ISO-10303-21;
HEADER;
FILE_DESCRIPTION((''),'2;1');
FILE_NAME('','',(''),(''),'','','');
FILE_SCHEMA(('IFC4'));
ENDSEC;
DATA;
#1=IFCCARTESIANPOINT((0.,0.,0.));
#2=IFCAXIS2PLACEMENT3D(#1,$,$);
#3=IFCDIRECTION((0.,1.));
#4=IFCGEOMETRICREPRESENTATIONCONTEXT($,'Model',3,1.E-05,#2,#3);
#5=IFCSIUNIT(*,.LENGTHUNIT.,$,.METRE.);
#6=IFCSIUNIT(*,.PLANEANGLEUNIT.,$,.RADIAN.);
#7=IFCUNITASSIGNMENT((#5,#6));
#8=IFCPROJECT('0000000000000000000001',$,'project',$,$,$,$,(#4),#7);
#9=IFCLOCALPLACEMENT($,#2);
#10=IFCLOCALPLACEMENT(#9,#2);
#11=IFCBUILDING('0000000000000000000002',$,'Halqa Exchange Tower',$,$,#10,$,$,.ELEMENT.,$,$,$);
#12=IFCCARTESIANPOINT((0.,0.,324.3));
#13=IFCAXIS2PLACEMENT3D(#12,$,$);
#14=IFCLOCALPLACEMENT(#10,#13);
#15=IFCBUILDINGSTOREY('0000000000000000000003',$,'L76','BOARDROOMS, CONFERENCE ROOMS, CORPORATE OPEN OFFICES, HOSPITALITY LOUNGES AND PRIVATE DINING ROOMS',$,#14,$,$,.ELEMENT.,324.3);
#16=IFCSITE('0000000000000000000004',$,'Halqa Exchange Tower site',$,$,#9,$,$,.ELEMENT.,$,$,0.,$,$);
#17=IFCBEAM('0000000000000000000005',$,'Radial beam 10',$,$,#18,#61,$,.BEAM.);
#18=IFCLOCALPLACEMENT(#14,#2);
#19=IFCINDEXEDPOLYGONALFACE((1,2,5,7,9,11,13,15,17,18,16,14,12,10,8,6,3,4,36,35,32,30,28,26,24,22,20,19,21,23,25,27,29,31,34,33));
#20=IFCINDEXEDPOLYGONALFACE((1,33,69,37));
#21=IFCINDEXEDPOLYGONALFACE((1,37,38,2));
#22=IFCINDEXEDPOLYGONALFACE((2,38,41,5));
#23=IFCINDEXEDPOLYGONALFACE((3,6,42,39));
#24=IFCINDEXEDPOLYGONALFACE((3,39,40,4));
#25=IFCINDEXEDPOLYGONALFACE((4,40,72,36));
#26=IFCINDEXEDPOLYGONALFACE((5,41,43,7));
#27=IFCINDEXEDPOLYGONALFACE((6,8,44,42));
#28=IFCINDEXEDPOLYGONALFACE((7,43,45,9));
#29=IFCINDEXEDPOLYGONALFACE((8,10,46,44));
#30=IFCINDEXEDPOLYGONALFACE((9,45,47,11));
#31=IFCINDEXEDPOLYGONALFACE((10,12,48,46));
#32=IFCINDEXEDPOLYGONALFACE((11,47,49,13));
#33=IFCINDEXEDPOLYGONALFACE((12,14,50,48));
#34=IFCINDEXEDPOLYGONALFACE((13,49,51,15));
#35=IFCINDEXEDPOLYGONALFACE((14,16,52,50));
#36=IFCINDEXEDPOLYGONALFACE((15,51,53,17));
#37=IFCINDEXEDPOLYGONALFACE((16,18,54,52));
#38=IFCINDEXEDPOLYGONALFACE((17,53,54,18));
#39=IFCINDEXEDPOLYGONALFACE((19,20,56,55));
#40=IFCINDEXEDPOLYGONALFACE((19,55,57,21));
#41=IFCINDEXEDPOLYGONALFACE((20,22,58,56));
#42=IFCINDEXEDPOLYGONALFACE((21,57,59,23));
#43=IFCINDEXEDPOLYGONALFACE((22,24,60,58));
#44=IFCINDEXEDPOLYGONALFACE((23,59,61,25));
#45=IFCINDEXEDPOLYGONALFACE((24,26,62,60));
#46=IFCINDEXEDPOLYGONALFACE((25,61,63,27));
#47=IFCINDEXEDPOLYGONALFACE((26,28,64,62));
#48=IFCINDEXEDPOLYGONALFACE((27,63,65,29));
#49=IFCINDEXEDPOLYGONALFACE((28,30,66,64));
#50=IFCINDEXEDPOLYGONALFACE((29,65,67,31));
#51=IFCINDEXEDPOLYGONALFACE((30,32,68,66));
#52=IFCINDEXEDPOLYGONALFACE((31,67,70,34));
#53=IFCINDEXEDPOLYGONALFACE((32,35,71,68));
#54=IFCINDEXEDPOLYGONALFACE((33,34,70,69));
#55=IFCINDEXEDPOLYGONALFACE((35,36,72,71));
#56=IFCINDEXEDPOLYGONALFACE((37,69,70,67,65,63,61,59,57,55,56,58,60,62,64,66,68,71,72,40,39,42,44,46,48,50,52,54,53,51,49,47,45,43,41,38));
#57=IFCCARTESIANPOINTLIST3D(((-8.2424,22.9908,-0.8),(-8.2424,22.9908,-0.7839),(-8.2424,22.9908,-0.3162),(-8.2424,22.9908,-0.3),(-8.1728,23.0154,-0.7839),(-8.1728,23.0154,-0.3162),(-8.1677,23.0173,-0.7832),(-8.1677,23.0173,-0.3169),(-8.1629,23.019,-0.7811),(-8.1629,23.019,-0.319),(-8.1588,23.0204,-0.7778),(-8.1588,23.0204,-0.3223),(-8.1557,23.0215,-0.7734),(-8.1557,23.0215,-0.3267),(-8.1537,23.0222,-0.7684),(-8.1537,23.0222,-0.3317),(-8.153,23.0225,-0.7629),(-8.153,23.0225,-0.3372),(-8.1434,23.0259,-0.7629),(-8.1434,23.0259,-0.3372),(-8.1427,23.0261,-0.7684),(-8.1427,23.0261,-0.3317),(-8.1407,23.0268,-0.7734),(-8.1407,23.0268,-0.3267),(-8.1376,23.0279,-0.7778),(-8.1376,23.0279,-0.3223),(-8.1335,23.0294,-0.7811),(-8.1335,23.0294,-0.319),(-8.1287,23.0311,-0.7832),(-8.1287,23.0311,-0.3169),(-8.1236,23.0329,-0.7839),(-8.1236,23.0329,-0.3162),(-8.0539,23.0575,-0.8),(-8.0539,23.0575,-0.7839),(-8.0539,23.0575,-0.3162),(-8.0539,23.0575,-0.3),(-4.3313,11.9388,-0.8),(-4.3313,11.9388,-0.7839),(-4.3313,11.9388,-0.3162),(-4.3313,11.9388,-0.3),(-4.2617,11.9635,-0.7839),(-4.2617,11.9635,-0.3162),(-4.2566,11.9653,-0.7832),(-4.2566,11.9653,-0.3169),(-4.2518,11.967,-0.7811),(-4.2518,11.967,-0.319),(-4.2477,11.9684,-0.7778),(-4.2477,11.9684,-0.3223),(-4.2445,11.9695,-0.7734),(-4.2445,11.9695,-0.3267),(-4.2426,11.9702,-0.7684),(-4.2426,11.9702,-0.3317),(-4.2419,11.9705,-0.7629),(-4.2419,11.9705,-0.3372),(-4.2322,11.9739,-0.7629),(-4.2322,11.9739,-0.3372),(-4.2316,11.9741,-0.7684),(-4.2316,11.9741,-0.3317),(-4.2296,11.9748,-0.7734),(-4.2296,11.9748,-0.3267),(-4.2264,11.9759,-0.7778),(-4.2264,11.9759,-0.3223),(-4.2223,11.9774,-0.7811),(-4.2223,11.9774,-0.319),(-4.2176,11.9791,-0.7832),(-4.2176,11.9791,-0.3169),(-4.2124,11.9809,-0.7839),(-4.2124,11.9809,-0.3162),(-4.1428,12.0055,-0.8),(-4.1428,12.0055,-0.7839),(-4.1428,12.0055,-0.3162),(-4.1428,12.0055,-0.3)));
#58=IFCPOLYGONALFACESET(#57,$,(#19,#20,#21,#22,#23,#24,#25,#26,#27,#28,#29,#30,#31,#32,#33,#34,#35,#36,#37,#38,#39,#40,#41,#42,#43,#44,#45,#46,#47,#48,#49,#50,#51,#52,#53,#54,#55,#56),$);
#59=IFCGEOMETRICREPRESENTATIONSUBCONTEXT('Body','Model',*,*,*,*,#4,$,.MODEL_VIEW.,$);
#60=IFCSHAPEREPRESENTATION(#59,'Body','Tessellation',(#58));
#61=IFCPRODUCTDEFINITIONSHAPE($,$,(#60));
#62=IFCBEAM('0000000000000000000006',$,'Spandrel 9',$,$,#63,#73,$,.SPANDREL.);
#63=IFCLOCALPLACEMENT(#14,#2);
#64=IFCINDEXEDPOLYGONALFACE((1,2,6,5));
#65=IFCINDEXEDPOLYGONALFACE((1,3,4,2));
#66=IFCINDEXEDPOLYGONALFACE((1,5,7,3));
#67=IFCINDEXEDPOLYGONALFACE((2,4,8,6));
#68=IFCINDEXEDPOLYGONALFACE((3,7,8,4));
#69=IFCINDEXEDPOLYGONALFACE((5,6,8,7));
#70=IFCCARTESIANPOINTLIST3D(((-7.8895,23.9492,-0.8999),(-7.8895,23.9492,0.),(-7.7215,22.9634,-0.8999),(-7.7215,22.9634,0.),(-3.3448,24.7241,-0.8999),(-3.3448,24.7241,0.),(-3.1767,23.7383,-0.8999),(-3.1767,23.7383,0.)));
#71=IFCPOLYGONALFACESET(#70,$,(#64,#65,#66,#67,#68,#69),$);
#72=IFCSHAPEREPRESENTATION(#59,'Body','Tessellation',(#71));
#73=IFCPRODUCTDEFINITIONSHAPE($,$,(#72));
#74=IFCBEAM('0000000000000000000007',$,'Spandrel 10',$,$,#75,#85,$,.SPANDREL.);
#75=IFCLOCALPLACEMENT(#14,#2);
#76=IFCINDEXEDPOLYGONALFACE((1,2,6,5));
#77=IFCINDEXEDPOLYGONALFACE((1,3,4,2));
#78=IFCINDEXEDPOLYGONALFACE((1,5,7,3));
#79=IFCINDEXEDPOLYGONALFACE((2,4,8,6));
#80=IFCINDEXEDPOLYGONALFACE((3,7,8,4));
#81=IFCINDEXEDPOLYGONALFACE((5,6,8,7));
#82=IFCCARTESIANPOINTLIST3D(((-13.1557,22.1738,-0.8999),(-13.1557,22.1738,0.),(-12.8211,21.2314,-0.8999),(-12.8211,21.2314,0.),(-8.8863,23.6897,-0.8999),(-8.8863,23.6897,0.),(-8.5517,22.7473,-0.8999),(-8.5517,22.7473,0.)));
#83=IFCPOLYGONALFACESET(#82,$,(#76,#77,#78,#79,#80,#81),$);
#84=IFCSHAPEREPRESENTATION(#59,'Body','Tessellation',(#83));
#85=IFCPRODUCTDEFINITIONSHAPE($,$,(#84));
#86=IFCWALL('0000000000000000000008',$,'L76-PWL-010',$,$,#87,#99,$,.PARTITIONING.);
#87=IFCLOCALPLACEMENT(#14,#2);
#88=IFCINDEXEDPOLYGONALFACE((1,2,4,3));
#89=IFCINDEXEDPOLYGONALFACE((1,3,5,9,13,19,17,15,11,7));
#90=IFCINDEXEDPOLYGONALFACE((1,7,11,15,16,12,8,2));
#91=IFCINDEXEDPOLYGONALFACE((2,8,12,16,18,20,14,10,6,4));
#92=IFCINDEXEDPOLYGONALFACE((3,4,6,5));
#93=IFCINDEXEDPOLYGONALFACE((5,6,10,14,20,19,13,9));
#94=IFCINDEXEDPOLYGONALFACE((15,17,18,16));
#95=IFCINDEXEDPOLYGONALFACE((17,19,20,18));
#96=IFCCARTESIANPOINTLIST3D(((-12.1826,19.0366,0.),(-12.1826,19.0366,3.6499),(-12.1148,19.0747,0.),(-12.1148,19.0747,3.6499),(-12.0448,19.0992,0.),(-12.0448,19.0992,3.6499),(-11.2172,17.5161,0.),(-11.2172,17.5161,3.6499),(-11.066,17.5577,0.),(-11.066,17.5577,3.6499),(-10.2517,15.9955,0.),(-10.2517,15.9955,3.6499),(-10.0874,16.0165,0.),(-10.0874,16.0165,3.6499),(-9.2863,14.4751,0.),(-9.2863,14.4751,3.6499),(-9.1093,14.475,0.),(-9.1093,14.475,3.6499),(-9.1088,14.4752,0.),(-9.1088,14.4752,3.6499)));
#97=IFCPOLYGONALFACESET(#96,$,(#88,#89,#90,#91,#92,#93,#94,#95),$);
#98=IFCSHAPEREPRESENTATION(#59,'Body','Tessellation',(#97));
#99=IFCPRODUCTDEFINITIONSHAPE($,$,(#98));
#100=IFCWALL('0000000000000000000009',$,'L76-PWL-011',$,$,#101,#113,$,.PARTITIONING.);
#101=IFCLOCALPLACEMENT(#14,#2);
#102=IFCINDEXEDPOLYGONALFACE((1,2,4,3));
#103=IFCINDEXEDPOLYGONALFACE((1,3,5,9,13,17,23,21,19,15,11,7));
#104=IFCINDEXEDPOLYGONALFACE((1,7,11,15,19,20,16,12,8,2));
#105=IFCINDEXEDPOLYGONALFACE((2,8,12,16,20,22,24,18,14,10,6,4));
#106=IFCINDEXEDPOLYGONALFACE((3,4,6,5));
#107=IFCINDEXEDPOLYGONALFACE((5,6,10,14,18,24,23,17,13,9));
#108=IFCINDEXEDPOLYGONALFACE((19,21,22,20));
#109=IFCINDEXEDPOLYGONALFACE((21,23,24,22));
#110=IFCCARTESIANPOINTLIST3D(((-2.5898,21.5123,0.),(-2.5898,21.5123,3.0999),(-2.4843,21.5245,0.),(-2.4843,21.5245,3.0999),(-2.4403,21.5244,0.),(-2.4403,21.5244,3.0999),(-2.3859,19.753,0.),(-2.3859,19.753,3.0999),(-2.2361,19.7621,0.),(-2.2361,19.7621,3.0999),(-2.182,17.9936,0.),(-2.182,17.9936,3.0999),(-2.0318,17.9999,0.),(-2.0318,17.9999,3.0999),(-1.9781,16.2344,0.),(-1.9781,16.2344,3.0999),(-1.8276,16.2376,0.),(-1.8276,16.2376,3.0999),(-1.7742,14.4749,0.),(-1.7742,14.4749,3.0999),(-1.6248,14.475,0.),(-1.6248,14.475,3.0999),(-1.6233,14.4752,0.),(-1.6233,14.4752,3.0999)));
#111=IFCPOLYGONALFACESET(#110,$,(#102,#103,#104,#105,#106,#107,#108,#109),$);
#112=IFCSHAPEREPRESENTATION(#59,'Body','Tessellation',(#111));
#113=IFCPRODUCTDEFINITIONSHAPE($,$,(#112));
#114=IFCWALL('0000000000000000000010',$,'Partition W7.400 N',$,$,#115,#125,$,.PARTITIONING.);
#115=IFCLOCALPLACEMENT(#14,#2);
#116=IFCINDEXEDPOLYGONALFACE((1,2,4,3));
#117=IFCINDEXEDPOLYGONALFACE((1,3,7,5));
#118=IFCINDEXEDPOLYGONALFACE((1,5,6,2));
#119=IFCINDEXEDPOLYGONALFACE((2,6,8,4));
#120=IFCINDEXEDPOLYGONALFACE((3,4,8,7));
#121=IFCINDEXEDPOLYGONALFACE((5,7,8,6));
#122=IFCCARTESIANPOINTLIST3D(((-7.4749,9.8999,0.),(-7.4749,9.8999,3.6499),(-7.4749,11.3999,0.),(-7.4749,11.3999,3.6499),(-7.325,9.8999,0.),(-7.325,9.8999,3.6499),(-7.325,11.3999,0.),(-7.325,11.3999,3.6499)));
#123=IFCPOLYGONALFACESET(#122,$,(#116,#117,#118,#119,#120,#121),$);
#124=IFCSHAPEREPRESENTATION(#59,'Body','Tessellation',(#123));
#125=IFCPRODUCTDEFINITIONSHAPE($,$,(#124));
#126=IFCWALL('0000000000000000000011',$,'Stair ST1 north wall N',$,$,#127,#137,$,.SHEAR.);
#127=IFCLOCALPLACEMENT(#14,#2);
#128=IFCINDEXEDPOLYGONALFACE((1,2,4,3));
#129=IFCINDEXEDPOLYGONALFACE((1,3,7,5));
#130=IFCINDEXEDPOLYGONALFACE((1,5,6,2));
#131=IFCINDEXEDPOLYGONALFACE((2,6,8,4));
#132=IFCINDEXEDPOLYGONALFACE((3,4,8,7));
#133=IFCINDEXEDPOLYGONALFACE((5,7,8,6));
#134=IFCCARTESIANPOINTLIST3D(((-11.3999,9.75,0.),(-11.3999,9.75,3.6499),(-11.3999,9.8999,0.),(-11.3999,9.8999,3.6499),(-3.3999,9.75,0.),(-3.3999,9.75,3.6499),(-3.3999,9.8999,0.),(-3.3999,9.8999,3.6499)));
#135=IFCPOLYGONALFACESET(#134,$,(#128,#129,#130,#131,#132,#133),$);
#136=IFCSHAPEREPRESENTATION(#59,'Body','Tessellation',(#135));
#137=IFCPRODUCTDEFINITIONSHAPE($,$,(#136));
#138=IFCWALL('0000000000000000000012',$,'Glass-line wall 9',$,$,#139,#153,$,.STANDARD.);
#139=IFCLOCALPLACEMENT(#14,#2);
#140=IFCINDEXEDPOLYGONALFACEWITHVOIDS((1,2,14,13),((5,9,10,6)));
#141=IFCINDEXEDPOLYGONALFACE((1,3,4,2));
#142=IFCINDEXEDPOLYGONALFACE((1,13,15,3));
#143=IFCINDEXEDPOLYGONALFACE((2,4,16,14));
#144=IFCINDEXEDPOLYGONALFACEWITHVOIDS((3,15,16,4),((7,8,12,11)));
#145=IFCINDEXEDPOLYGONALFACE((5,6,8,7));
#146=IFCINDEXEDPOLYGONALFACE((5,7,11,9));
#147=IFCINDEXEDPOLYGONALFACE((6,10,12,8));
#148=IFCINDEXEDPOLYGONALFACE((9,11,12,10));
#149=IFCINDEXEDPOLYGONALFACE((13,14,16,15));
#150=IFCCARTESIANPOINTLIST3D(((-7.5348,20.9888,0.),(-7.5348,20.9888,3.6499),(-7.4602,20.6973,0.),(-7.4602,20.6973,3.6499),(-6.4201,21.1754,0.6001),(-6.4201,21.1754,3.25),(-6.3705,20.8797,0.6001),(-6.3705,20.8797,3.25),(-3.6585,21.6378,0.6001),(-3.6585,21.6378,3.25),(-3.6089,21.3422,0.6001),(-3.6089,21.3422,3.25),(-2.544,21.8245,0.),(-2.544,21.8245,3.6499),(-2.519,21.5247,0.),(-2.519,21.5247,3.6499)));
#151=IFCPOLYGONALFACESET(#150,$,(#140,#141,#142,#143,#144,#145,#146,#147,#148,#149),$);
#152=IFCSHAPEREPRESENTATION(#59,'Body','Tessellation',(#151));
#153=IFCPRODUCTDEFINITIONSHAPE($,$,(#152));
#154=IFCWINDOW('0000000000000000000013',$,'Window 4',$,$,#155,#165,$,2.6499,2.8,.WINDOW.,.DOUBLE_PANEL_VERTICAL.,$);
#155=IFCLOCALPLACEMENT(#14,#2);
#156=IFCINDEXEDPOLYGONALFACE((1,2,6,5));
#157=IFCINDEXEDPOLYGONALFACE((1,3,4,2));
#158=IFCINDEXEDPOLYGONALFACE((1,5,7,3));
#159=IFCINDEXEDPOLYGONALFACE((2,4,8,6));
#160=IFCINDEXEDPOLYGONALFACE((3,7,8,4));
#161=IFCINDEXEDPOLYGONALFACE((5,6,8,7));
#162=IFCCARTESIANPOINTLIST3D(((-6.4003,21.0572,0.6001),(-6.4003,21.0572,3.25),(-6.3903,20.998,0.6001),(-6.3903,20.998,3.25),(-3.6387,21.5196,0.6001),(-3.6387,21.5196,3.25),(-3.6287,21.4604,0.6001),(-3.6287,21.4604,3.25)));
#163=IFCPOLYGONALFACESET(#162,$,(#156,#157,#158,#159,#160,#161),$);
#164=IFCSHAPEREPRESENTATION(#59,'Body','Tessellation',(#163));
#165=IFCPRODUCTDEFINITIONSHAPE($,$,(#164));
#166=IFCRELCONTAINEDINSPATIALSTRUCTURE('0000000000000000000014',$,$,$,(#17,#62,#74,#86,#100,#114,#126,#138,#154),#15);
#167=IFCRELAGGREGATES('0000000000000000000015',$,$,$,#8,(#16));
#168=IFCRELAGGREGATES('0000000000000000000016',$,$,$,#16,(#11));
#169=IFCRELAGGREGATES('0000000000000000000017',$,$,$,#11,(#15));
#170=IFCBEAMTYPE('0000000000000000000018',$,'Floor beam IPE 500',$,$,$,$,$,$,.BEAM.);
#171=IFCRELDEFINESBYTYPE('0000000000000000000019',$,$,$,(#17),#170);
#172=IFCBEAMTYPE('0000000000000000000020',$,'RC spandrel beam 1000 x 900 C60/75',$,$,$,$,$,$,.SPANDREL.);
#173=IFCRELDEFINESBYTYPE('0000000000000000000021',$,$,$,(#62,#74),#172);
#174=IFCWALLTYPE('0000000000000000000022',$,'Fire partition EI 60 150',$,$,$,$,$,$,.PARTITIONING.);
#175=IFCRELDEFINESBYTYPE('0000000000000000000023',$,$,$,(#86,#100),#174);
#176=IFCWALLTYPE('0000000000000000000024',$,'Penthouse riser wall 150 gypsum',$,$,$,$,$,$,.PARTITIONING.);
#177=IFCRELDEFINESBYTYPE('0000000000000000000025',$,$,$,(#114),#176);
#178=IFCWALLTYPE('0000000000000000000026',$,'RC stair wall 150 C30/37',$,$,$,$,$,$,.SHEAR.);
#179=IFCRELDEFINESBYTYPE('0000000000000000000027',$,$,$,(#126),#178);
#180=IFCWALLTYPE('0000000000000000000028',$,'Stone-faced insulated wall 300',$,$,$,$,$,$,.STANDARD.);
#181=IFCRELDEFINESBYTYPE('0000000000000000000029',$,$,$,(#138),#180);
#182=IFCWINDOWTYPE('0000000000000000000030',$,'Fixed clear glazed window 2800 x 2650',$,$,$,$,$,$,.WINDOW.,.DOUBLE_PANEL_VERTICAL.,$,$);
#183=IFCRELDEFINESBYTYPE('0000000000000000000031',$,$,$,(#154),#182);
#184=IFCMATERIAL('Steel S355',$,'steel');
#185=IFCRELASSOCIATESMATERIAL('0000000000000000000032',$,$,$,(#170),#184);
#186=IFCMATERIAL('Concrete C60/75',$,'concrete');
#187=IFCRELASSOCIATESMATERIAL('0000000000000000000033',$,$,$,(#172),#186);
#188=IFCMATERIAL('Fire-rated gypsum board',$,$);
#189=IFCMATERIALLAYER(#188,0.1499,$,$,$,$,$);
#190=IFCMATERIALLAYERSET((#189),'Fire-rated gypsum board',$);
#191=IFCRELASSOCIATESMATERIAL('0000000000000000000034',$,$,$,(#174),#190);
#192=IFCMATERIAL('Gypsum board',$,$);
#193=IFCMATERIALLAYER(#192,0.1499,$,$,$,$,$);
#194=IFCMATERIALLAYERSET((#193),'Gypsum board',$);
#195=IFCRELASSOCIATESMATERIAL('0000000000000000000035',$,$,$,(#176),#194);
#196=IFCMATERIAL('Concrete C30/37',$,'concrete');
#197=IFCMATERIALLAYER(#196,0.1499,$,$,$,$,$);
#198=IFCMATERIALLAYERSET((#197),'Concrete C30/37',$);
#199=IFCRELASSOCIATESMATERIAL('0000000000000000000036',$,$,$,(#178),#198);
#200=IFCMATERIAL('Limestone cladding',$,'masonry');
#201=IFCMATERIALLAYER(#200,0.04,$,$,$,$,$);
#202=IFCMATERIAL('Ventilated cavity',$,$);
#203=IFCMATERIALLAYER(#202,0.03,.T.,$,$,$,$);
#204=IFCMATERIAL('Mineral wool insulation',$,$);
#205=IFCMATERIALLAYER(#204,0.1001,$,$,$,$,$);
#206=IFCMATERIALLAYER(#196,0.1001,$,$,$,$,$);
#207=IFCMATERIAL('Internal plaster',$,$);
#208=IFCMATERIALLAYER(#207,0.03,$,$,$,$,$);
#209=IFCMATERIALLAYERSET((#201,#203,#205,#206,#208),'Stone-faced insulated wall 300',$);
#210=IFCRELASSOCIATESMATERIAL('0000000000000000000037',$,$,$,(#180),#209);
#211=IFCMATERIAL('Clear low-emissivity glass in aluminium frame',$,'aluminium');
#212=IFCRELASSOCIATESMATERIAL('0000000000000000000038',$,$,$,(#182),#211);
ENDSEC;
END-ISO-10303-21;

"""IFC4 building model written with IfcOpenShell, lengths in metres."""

from ifc_helpers import new_model, si_unit, direction, frame, frame_2d, origin, origin_2d, place, context, subcontext, project, spatial, polyline, rectangle, i_section, outline, extrude, material, layer, layer_set, material_profile, profile_set, type_object, element, fill, save


model = new_model("IFC4")

# Units and contexts
model_context = context("Model", 3, precision=1e-05, world=origin(), true_north=direction((0.0, 1.0)))
body_context = subcontext(model_context, "Body", "Model", "MODEL_VIEW")
ifc_project = project(units=[si_unit("LENGTHUNIT", "METRE"), si_unit("PLANEANGLEUNIT", "RADIAN")], contexts=[model_context])

# Site, building, storey
site_placement = place(None, origin())
site = spatial("IfcSite", under=ifc_project, at=site_placement, Name="Halqa Exchange Tower site", CompositionType="ELEMENT", RefElevation=0.0)
building_placement = place(site_placement, origin())
building = spatial("IfcBuilding", under=site, at=building_placement, Name="Halqa Exchange Tower", CompositionType="ELEMENT")
storey_placement = place(building_placement, frame((0.0, 0.0, 324.3)))
storey = spatial("IfcBuildingStorey", under=building, at=storey_placement, Name="L76", Description="BOARDROOMS, CONFERENCE ROOMS, CORPORATE OPEN OFFICES, HOSPITALITY LOUNGES AND PRIVATE DINING ROOMS", CompositionType="ELEMENT", Elevation=324.3)

# Beams
ifc_material_1 = material(Name="Steel S355", Category="steel")
ifc_material_profile_1 = material_profile(ifc_material_1, i_section(OverallWidth=0.2, OverallDepth=0.5, WebThickness=0.0103, FlangeThickness=0.0161, FilletRadius=0.021, at=origin_2d()), Name="IPE 500")
ifc_profile_set_1 = profile_set([ifc_material_profile_1], Name="Steel S355")
beam_type_1 = type_object("IfcBeamType", Name="Floor beam IPE 500", PredefinedType="BEAM", material=ifc_profile_set_1)
beam_1_placement = place(storey_placement, frame((-4.2371, 11.9722, -0.55), z_axis=(-0.333611, 0.942711, 0.0), x_axis=(-0.942711, -0.333611, 0.0)))
element("IfcBeam", 1, at=beam_1_placement, inside=storey, type_object=beam_type_1, Name="Radial beam 10", PredefinedType="BEAM", context=body_context, shape_type="SweptSolid", body=[
    extrude(i_section(OverallWidth=0.2, OverallDepth=0.5, WebThickness=0.0103, FlangeThickness=0.0161, FilletRadius=0.021, at=origin_2d()), origin(), (0.0, 0.0, 1.0), 11.7236),
])
ifc_material_2 = material(Name="Concrete C60/75", Category="concrete")
ifc_material_profile_2 = material_profile(ifc_material_2, rectangle(XDim=1.0, YDim=0.8999, at=origin_2d()), Name="1000 x 900")
ifc_profile_set_2 = profile_set([ifc_material_profile_2], Name="Concrete C60/75")
beam_type_2 = type_object("IfcBeamType", Name="RC spandrel beam 1000 x 900 C60/75", PredefinedType="SPANDREL", material=ifc_profile_set_2)
beam_2_placement = place(storey_placement, frame((-3.2607, 24.2312, -0.45), z_axis=(-0.985773, -0.168082, 0.0), x_axis=(0.168082, -0.985773, 0.0)))
element("IfcBeam", 2, at=beam_2_placement, inside=storey, type_object=beam_type_2, Name="Spandrel 9", PredefinedType="SPANDREL", context=body_context, shape_type="SweptSolid", body=[
    extrude(rectangle(XDim=1.0, YDim=0.8999, at=origin_2d()), origin(), (0.0, 0.0, 1.0), 4.6104),
])
beam_3_placement = place(storey_placement, frame((-8.719, 23.2185, -0.45), z_axis=(-0.942361, -0.334598, 0.0), x_axis=(0.334598, -0.942361, 0.0)))
element("IfcBeam", 3, at=beam_3_placement, inside=storey, type_object=beam_type_2, Name="Spandrel 10", PredefinedType="SPANDREL", context=body_context, shape_type="SweptSolid", body=[
    extrude(rectangle(XDim=1.0, YDim=0.8999, at=origin_2d()), origin(), (0.0, 0.0, 1.0), 4.5305),
])

# Walls
ifc_material_3 = material(Name="Fire-rated gypsum board")
ifc_layer_1 = layer(ifc_material_3, 0.1499)
ifc_layer_set_1 = layer_set([ifc_layer_1], Name="Fire-rated gypsum board")
wall_type_1 = type_object("IfcWallType", Name="Fire partition EI 60 150", PredefinedType="PARTITIONING", material=ifc_layer_set_1)
wall_1_placement = place(storey_placement, frame((-9.1721, 14.4351, 0.0), z_axis=(0.0, 0.0, 1.0), x_axis=(-0.536016, 0.844208, 0.0)))
element("IfcWall", 4, at=wall_1_placement, inside=storey, type_object=wall_type_1, Name="L76-PWL-010", PredefinedType="PARTITIONING", context=body_context, shape_type="SweptSolid", body=[
    extrude(outline(polyline([(0.0, -0.075), (1.8257, -0.075), (3.6514, -0.075), (5.4773, -0.075), (5.4941, -0.0027), (5.4983, 0.075), (3.6973, 0.075), (1.896, 0.075), (0.095, 0.075), (0.0, -0.0745), (0.0, -0.075)])), origin(), (0.0, 0.0, 1.0), 3.6499),
])
wall_2_placement = place(storey_placement, frame((-1.6978, 14.4666, 0.0), z_axis=(0.0, 0.0, 1.0), x_axis=(-0.115132, 0.99335, 0.0)))
element("IfcWall", 5, at=wall_2_placement, inside=storey, type_object=wall_type_1, Name="L76-PWL-011", PredefinedType="PARTITIONING", context=body_context, shape_type="SweptSolid", body=[
    extrude(outline(polyline([(0.0, -0.075), (1.7742, -0.075), (3.5483, -0.075), (5.3223, -0.075), (7.0964, -0.075), (7.1016, -0.0312), (7.1016, 0.075), (5.3306, 0.075), (3.5593, 0.075), (1.7883, 0.075), (0.0171, 0.075), (0.0, -0.0735), (0.0, -0.075)])), origin(), (0.0, 0.0, 1.0), 3.0999),
])
ifc_material_4 = material(Name="Gypsum board")
ifc_layer_2 = layer(ifc_material_4, 0.1499)
ifc_layer_set_2 = layer_set([ifc_layer_2], Name="Gypsum board")
wall_type_2 = type_object("IfcWallType", Name="Penthouse riser wall 150 gypsum", PredefinedType="PARTITIONING", material=ifc_layer_set_2)
wall_3_placement = place(storey_placement, frame((-7.3999, 9.8999, 0.0), z_axis=(0.0, 0.0, 1.0), x_axis=(0.0, 1.0, 0.0)))
element("IfcWall", 6, at=wall_3_placement, inside=storey, type_object=wall_type_2, Name="Partition W7.400 N", PredefinedType="PARTITIONING", context=body_context, shape_type="SweptSolid", body=[
    extrude(rectangle(XDim=1.5, YDim=0.1499, at=frame_2d((0.75, 0.0))), origin(), (0.0, 0.0, 1.0), 3.6499),
])
ifc_material_5 = material(Name="Concrete C30/37", Category="concrete")
ifc_layer_3 = layer(ifc_material_5, 0.1499)
ifc_layer_set_3 = layer_set([ifc_layer_3], Name="Concrete C30/37")
wall_type_3 = type_object("IfcWallType", Name="RC stair wall 150 C30/37", PredefinedType="SHEAR", material=ifc_layer_set_3)
wall_4_placement = place(storey_placement, frame((-11.3999, 9.825, 0.0), z_axis=(0.0, 0.0, 1.0), x_axis=(1.0, 0.0, 0.0)))
element("IfcWall", 7, at=wall_4_placement, inside=storey, type_object=wall_type_3, Name="Stair ST1 north wall N", PredefinedType="SHEAR", context=body_context, shape_type="SweptSolid", body=[
    extrude(rectangle(XDim=8.0, YDim=0.1499, at=frame_2d((4.0, 0.0))), origin(), (0.0, 0.0, 1.0), 3.6499),
])

# Wall, opening, window
ifc_material_6 = material(Name="Limestone cladding", Category="masonry")
ifc_layer_4 = layer(ifc_material_6, 0.04)
ifc_material_7 = material(Name="Ventilated cavity")
ifc_layer_5 = layer(ifc_material_7, 0.03, ventilated=True)
ifc_material_8 = material(Name="Mineral wool insulation")
ifc_layer_6 = layer(ifc_material_8, 0.1001)
ifc_layer_7 = layer(ifc_material_5, 0.1001)
ifc_material_9 = material(Name="Internal plaster")
ifc_layer_8 = layer(ifc_material_9, 0.03)
ifc_layer_set_4 = layer_set([ifc_layer_4, ifc_layer_5, ifc_layer_6, ifc_layer_7, ifc_layer_8], Name="Stone-faced insulated wall 300")
wall_type_4 = type_object("IfcWallType", Name="Stone-faced insulated wall 300", PredefinedType="STANDARD", material=ifc_layer_set_4)
wall_5_placement = place(storey_placement, frame((-2.5315, 21.6746, 0.0), z_axis=(0.0, 0.0, 1.0), x_axis=(-0.986269, -0.165146, 0.0)))
wall_5 = element("IfcWall", 8, at=wall_5_placement, inside=storey, type_object=wall_type_4, Name="Glass-line wall 9", PredefinedType="STANDARD", context=body_context, shape_type="SweptSolid", body=[
    extrude(outline(polyline([(-0.0125, -0.1499), (5.0479, -0.1499), (5.0225, 0.1499), (0.0125, 0.1499), (-0.0125, -0.1499)])), origin(), (0.0, 0.0, 1.0), 3.6499),
])
opening_1_placement = place(wall_5_placement, frame((1.1177, 0.0, 0.6001)))
opening_1 = element("IfcOpeningElement", 9, at=opening_1_placement, cuts=wall_5, PredefinedType="OPENING", context=body_context, shape_type="SweptSolid", body=[
    extrude(rectangle(XDim=2.8, YDim=2.6499, at=frame_2d((1.3999, 1.325))), frame((0.0, 0.1621, 0.0), z_axis=(0.0, -1.0, 0.0), x_axis=(1.0, 0.0, 0.0)), (0.0, 0.0, 1.0), 0.324),
])
ifc_material_10 = material(Name="Clear low-emissivity glass in aluminium frame", Category="aluminium")
window_type = type_object("IfcWindowType", Name="Fixed clear glazed window 2800 x 2650", PartitioningType="DOUBLE_PANEL_VERTICAL", PredefinedType="WINDOW", material=ifc_material_10)
window_1_placement = place(opening_1_placement, origin())
window_1 = element("IfcWindow", 10, at=window_1_placement, inside=storey, type_object=window_type, Name="Window 4", OverallHeight=2.6499, OverallWidth=2.8, PartitioningType="DOUBLE_PANEL_VERTICAL", PredefinedType="WINDOW", context=body_context, shape_type="SweptSolid", body=[
    extrude(rectangle(XDim=2.8, YDim=2.6499, at=frame_2d((1.3999, 1.325))), frame((0.0, 0.03, 0.0), z_axis=(0.0, -1.0, 0.0), x_axis=(1.0, 0.0, 0.0)), (0.0, 0.0, 1.0), 0.0601),
])
fill(opening_1, window_1)

save(model, "model.ifc")
